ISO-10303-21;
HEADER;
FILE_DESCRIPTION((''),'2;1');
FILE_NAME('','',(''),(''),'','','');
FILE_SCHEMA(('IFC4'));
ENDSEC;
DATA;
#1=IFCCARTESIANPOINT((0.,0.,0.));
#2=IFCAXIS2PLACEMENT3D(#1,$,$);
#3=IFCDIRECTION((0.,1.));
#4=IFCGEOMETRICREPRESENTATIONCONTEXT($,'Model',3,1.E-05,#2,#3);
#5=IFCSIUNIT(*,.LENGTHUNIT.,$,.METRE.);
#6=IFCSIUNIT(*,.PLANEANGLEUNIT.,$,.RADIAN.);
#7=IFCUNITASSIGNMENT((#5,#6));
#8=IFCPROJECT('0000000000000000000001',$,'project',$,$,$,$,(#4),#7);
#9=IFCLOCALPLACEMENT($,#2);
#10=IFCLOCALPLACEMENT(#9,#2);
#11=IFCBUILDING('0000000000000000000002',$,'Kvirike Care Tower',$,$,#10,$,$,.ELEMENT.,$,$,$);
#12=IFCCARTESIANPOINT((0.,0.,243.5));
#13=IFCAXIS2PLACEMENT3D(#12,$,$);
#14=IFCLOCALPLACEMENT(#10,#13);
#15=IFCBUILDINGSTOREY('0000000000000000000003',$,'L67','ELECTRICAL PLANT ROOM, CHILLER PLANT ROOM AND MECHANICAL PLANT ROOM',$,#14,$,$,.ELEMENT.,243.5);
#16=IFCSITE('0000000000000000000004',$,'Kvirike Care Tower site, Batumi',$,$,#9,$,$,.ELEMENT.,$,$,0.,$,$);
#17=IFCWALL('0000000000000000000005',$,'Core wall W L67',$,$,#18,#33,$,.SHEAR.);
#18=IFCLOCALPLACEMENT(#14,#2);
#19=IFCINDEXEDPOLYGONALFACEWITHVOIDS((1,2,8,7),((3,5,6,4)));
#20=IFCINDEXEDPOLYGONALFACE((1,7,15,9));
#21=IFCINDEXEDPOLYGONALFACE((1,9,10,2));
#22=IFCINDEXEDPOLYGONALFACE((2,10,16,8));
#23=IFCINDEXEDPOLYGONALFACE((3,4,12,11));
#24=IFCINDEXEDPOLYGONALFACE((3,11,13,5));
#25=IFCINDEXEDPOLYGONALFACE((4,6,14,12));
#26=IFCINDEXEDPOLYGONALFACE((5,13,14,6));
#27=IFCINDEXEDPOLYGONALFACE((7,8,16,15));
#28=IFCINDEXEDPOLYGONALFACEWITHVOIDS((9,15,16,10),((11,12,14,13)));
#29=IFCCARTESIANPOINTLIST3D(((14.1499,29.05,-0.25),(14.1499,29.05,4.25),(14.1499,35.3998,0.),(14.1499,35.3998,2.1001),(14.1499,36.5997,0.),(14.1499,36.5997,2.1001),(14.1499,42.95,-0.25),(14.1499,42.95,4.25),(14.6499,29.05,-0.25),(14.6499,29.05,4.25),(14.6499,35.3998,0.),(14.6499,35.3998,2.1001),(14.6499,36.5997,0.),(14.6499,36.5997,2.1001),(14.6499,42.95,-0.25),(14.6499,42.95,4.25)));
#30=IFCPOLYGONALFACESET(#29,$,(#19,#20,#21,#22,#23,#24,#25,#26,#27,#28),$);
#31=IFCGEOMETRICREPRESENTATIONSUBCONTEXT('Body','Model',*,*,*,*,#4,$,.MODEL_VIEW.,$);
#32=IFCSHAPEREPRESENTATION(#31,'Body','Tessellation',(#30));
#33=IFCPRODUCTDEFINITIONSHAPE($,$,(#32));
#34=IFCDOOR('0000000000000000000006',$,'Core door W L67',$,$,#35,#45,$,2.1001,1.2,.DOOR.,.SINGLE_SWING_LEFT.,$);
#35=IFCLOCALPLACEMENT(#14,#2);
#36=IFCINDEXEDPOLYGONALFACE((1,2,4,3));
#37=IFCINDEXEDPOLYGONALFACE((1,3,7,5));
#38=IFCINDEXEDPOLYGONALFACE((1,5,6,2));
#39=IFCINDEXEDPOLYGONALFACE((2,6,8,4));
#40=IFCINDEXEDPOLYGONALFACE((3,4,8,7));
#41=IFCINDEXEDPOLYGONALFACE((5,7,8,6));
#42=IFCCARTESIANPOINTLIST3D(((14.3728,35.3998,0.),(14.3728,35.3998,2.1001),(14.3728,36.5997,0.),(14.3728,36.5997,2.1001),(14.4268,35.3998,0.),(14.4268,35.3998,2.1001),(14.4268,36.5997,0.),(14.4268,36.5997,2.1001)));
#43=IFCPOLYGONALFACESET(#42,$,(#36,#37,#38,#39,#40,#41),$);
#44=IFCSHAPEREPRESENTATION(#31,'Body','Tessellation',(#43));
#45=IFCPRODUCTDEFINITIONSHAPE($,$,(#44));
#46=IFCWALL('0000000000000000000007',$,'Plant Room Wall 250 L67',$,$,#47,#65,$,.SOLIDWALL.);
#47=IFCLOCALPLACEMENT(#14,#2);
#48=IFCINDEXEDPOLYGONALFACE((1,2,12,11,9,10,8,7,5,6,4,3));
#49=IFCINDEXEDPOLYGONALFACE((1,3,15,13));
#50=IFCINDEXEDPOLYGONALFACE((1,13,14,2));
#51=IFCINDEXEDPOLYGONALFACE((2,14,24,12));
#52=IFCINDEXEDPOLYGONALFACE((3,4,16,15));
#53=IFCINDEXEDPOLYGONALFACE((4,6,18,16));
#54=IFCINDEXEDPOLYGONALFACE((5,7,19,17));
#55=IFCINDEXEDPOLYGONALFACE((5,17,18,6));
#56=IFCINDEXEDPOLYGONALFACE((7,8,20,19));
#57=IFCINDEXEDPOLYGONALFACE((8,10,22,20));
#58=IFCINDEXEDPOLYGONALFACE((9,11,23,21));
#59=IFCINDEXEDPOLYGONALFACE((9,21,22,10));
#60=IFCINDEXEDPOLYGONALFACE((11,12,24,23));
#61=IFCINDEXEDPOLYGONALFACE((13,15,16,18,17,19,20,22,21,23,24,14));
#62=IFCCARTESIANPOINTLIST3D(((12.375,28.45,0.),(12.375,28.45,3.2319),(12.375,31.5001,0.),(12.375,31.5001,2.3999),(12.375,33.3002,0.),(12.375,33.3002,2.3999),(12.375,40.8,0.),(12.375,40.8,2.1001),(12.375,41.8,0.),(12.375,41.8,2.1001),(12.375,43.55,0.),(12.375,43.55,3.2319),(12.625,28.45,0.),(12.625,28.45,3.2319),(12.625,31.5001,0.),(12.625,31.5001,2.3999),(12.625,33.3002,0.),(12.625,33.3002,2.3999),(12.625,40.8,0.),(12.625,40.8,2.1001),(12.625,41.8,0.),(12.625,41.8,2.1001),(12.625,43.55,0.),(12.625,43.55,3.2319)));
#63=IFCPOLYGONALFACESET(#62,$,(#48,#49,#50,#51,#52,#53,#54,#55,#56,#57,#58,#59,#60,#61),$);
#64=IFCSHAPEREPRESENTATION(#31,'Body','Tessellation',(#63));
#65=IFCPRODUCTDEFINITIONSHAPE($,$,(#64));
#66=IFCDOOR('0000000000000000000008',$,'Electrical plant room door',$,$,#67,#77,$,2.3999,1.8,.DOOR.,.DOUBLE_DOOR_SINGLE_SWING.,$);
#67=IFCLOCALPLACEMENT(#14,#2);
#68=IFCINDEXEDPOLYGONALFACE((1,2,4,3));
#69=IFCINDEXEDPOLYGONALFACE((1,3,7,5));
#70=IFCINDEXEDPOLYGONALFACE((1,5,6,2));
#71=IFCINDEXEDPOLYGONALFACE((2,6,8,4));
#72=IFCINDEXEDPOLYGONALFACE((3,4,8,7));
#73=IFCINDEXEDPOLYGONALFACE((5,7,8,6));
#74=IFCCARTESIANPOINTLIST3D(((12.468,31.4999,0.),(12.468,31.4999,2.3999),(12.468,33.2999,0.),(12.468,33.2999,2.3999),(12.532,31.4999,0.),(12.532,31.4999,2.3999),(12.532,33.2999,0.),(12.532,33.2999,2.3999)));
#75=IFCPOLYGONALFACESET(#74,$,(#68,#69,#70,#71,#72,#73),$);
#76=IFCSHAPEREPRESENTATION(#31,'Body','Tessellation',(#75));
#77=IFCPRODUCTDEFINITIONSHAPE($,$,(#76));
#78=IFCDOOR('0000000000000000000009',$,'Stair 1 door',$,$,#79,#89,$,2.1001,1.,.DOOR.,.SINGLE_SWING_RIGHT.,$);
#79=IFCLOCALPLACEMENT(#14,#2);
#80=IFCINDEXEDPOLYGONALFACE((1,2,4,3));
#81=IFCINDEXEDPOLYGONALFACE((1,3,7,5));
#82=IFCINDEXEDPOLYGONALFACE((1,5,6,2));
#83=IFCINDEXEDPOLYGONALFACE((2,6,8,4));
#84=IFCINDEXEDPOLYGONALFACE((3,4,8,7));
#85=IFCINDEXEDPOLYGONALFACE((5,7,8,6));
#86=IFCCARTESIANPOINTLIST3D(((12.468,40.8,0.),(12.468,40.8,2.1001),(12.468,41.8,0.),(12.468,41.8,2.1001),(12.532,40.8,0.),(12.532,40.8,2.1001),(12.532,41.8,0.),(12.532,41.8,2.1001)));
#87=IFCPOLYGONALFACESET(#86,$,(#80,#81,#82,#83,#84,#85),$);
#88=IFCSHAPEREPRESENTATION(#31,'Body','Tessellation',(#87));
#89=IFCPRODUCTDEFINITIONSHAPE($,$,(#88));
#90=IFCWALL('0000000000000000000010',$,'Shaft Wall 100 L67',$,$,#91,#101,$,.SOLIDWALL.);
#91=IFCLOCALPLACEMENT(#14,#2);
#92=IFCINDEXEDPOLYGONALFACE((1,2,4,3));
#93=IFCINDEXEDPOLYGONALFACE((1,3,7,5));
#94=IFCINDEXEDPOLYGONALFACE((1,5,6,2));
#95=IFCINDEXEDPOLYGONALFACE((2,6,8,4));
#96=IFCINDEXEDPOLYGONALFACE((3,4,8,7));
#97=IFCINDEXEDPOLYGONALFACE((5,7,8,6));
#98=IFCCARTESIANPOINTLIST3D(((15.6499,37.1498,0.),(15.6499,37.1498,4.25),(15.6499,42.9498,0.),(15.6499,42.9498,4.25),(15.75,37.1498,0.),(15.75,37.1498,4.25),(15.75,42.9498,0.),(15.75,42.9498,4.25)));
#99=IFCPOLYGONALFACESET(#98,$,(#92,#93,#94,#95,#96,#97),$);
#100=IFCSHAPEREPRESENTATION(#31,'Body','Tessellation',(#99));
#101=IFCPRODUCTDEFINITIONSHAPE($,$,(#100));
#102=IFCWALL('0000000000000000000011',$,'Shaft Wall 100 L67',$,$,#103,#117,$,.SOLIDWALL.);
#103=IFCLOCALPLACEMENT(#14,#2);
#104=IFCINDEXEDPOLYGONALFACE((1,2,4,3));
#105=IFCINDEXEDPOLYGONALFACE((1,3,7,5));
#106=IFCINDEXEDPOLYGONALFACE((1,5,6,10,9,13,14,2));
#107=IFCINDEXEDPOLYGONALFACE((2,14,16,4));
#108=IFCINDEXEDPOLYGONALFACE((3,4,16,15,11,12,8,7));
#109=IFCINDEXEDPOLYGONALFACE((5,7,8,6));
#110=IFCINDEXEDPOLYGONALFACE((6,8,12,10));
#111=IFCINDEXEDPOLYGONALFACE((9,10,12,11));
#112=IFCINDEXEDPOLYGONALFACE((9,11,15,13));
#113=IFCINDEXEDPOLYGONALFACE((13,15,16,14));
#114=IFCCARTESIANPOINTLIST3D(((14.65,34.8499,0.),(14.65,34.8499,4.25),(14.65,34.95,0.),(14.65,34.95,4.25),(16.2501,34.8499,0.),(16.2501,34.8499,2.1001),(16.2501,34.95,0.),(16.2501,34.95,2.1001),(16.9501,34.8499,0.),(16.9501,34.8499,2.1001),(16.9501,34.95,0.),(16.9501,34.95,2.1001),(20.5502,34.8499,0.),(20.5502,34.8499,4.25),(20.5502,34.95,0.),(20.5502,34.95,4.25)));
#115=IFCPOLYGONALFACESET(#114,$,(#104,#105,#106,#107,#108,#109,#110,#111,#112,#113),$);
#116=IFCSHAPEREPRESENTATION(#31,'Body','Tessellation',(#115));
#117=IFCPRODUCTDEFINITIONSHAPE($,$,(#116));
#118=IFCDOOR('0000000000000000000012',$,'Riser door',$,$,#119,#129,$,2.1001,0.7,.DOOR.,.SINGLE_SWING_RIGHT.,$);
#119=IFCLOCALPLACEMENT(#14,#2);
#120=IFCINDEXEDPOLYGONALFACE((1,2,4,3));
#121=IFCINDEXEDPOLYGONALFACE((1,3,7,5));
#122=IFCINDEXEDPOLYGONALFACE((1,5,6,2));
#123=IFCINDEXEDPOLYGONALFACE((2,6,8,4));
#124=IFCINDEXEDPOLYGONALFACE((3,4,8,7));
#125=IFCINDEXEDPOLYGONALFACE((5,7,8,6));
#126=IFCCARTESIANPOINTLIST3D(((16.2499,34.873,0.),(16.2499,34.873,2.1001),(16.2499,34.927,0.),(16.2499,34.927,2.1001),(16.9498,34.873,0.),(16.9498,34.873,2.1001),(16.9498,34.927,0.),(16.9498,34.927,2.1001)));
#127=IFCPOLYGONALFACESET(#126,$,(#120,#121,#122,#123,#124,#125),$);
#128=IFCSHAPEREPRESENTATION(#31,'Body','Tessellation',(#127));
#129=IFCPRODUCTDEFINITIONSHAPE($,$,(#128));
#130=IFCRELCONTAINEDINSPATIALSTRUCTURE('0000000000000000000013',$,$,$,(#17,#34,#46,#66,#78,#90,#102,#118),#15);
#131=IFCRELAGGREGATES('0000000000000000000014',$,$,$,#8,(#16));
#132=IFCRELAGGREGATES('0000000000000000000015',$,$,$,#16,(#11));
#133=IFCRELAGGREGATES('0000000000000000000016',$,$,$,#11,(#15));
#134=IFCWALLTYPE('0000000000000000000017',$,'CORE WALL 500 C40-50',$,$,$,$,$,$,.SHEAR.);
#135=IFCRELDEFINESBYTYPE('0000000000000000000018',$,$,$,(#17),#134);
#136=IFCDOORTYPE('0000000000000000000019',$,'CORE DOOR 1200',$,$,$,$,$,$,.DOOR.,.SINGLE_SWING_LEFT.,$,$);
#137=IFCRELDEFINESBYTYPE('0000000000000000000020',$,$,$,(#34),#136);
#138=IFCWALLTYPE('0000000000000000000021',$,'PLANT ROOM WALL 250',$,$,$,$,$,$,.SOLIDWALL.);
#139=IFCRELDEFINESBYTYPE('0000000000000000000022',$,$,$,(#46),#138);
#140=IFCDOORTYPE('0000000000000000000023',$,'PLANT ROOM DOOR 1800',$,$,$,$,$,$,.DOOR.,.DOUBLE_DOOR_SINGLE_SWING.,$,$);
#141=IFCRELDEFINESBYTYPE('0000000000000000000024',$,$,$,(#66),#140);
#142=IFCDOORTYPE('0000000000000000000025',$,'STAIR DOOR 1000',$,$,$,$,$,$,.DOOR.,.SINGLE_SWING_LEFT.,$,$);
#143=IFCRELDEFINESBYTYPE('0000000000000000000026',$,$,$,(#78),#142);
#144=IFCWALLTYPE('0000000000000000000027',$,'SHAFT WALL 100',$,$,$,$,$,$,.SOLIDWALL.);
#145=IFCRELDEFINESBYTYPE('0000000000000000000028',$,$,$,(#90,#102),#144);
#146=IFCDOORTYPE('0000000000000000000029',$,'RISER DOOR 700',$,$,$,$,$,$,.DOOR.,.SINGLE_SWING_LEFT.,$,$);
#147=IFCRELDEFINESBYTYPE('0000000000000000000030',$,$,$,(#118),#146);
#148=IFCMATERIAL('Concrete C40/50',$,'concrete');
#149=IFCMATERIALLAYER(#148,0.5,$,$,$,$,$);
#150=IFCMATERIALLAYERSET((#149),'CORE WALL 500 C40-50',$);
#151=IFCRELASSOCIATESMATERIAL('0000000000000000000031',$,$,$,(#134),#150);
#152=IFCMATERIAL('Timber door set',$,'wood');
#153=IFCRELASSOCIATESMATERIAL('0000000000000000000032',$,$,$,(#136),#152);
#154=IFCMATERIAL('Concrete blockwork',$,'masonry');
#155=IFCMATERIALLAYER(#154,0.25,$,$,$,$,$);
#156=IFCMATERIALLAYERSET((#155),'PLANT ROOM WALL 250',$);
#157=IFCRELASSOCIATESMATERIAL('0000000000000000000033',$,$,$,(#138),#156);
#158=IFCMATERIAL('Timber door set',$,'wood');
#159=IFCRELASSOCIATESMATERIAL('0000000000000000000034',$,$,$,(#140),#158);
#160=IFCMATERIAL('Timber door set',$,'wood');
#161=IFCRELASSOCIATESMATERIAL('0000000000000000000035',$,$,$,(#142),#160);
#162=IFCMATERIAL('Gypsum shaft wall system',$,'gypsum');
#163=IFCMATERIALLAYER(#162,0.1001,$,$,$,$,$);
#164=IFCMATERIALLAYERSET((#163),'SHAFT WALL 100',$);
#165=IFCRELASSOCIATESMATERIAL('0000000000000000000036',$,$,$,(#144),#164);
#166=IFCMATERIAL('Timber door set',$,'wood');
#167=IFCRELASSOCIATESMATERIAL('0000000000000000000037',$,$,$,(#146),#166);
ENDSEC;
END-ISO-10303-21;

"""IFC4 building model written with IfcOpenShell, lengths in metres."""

from ifc_helpers import new_model, si_unit, direction, frame, frame_2d, origin, place, context, subcontext, project, spatial, rectangle, extrude, material, layer, layer_set, type_object, element, fill, save


model = new_model("IFC4")

# Units and contexts
model_context = context("Model", 3, precision=1e-05, world=origin(), true_north=direction((0.0, 1.0)))
body_context = subcontext(model_context, "Body", "Model", "MODEL_VIEW")
ifc_project = project(units=[si_unit("LENGTHUNIT", "METRE"), si_unit("PLANEANGLEUNIT", "RADIAN")], contexts=[model_context])

# Site, building, storey
site_placement = place(None, origin())
site = spatial("IfcSite", under=ifc_project, at=site_placement, Name="Kvirike Care Tower site, Batumi", CompositionType="ELEMENT", RefElevation=0.0)
building_placement = place(site_placement, origin())
building = spatial("IfcBuilding", under=site, at=building_placement, Name="Kvirike Care Tower", CompositionType="ELEMENT")
storey_placement = place(building_placement, frame((0.0, 0.0, 243.5)))
storey = spatial("IfcBuildingStorey", under=building, at=storey_placement, Name="L67", Description="ELECTRICAL PLANT ROOM, CHILLER PLANT ROOM AND MECHANICAL PLANT ROOM", CompositionType="ELEMENT", Elevation=243.5)

# Wall, opening, door
ifc_material_1 = material(Name="Concrete C40/50", Category="concrete")
ifc_layer_1 = layer(ifc_material_1, 0.5)
ifc_layer_set_1 = layer_set([ifc_layer_1], Name="CORE WALL 500 C40-50")
wall_type_1 = type_object("IfcWallType", Name="CORE WALL 500 C40-50", PredefinedType="SHEAR", material=ifc_layer_set_1)
wall_1_placement = place(storey_placement, frame((14.3999, 42.95, -0.25), z_axis=(0.0, 0.0, 1.0), x_axis=(0.0, -1.0, 0.0)))
wall_1 = element("IfcWall", 1, at=wall_1_placement, inside=storey, type_object=wall_type_1, Name="Core wall W L67", PredefinedType="SHEAR", context=body_context, shape_type="SweptSolid", body=[
    extrude(rectangle(XDim=13.8999, YDim=0.5, at=frame_2d((6.95, 0.0))), origin(), (0.0, 0.0, 1.0), 4.5),
])
opening_1_placement = place(wall_1_placement, frame((6.3501, 0.0, 0.25)))
opening_1 = element("IfcOpeningElement", 2, at=opening_1_placement, cuts=wall_1, PredefinedType="OPENING", context=body_context, shape_type="SweptSolid", body=[
    extrude(rectangle(XDim=1.2, YDim=2.1001, at=frame_2d((0.6001, 1.05))), frame((0.0, 0.2605, 0.0), z_axis=(0.0, -1.0, 0.0), x_axis=(1.0, 0.0, 0.0)), (0.0, 0.0, 1.0), 0.521),
])
ifc_material_2 = material(Name="Timber door set", Category="wood")
door_type_1 = type_object("IfcDoorType", Name="CORE DOOR 1200", OperationType="SINGLE_SWING_LEFT", PredefinedType="DOOR", material=ifc_material_2)
door_1_placement = place(opening_1_placement, origin())
door_1 = element("IfcDoor", 3, at=door_1_placement, inside=storey, type_object=door_type_1, Name="Core door W L67", OperationType="SINGLE_SWING_LEFT", OverallHeight=2.1001, OverallWidth=1.2, PredefinedType="DOOR", context=body_context, shape_type="SweptSolid", body=[
    extrude(rectangle(XDim=1.2, YDim=2.1001, at=frame_2d((0.6001, 1.05))), frame((0.0, 0.0269, 0.0), z_axis=(0.0, -1.0, 0.0), x_axis=(1.0, 0.0, 0.0)), (0.0, 0.0, 1.0), 0.054),
])
fill(opening_1, door_1)

# Wall, openings, doors
ifc_material_3 = material(Name="Concrete blockwork", Category="masonry")
ifc_layer_2 = layer(ifc_material_3, 0.25)
ifc_layer_set_2 = layer_set([ifc_layer_2], Name="PLANT ROOM WALL 250")
wall_type_2 = type_object("IfcWallType", Name="PLANT ROOM WALL 250", PredefinedType="SOLIDWALL", material=ifc_layer_set_2)
wall_2_placement = place(storey_placement, frame((12.5, 43.55, 0.0), z_axis=(0.0, 0.0, 1.0), x_axis=(0.0, -1.0, 0.0)))
wall_2 = element("IfcWall", 4, at=wall_2_placement, inside=storey, type_object=wall_type_2, Name="Plant Room Wall 250 L67", PredefinedType="SOLIDWALL", context=body_context, shape_type="SweptSolid", body=[
    extrude(rectangle(XDim=15.1001, YDim=0.25, at=frame_2d((7.55, 0.0))), origin(), (0.0, 0.0, 1.0), 3.2319),
])
opening_2_placement = place(wall_2_placement, frame((1.75, 0.0, 0.0)))
opening_2 = element("IfcOpeningElement", 5, at=opening_2_placement, cuts=wall_2, PredefinedType="OPENING", context=body_context, shape_type="SweptSolid", body=[
    extrude(rectangle(XDim=1.0, YDim=2.1001, at=frame_2d((0.5, 1.05))), frame((0.0, 0.1355, 0.0), z_axis=(0.0, -1.0, 0.0), x_axis=(1.0, 0.0, 0.0)), (0.0, 0.0, 1.0), 0.271),
])
opening_3_placement = place(wall_2_placement, frame((10.25, 0.0, 0.0)))
opening_3 = element("IfcOpeningElement", 6, at=opening_3_placement, cuts=wall_2, PredefinedType="OPENING", context=body_context, shape_type="SweptSolid", body=[
    extrude(rectangle(XDim=1.8, YDim=2.3999, at=frame_2d((0.8999, 1.2))), frame((0.0, 0.1355, 0.0), z_axis=(0.0, -1.0, 0.0), x_axis=(1.0, 0.0, 0.0)), (0.0, 0.0, 1.0), 0.271),
])
ifc_material_4 = material(Name="Timber door set", Category="wood")
door_type_2 = type_object("IfcDoorType", Name="PLANT ROOM DOOR 1800", OperationType="DOUBLE_DOOR_SINGLE_SWING", PredefinedType="DOOR", material=ifc_material_4)
door_2_placement = place(opening_3_placement, frame((1.8, 0.0, 0.0), z_axis=(0.0, 0.0, 1.0), x_axis=(-1.0, 0.0, 0.0)))
door_2 = element("IfcDoor", 7, at=door_2_placement, inside=storey, type_object=door_type_2, Name="Electrical plant room door", OperationType="DOUBLE_DOOR_SINGLE_SWING", OverallHeight=2.3999, OverallWidth=1.8, PredefinedType="DOOR", context=body_context, shape_type="SweptSolid", body=[
    extrude(rectangle(XDim=1.8, YDim=2.3999, at=frame_2d((0.8999, 1.2))), frame((0.0, 0.032, 0.0), z_axis=(0.0, -1.0, 0.0), x_axis=(1.0, 0.0, 0.0)), (0.0, 0.0, 1.0), 0.064),
])
fill(opening_3, door_2)
ifc_material_5 = material(Name="Timber door set", Category="wood")
door_type_3 = type_object("IfcDoorType", Name="STAIR DOOR 1000", OperationType="SINGLE_SWING_LEFT", PredefinedType="DOOR", material=ifc_material_5)
door_3_placement = place(opening_2_placement, frame((1.0, 0.0, 0.0), z_axis=(0.0, 0.0, 1.0), x_axis=(-1.0, 0.0, 0.0)))
door_3 = element("IfcDoor", 8, at=door_3_placement, inside=storey, type_object=door_type_3, Name="Stair 1 door", OperationType="SINGLE_SWING_RIGHT", OverallHeight=2.1001, OverallWidth=1.0, PredefinedType="DOOR", context=body_context, shape_type="SweptSolid", body=[
    extrude(rectangle(XDim=1.0, YDim=2.1001, at=frame_2d((0.5, 1.05))), frame((0.0, 0.032, 0.0), z_axis=(0.0, -1.0, 0.0), x_axis=(1.0, 0.0, 0.0)), (0.0, 0.0, 1.0), 0.064),
])
fill(opening_2, door_3)

# Wall
ifc_material_6 = material(Name="Gypsum shaft wall system", Category="gypsum")
ifc_layer_3 = layer(ifc_material_6, 0.1001)
ifc_layer_set_3 = layer_set([ifc_layer_3], Name="SHAFT WALL 100")
wall_type_3 = type_object("IfcWallType", Name="SHAFT WALL 100", PredefinedType="SOLIDWALL", material=ifc_layer_set_3)
wall_3_placement = place(storey_placement, frame((15.7, 37.1499, 0.0), z_axis=(0.0, 0.0, 1.0), x_axis=(0.0, 1.0, 0.0)))
element("IfcWall", 9, at=wall_3_placement, inside=storey, type_object=wall_type_3, Name="Shaft Wall 100 L67", PredefinedType="SOLIDWALL", context=body_context, shape_type="SweptSolid", body=[
    extrude(rectangle(XDim=5.8, YDim=0.1001, at=frame_2d((2.8999, 0.0))), origin(), (0.0, 0.0, 1.0), 4.25),
])

# Wall, opening, door
wall_4_placement = place(storey_placement, frame((14.6499, 34.8999, 0.0), z_axis=(0.0, 0.0, 1.0), x_axis=(1.0, 0.0, 0.0)))
wall_4 = element("IfcWall", 10, at=wall_4_placement, inside=storey, type_object=wall_type_3, Name="Shaft Wall 100 L67", PredefinedType="SOLIDWALL", context=body_context, shape_type="SweptSolid", body=[
    extrude(rectangle(XDim=5.9001, YDim=0.1001, at=frame_2d((2.9502, 0.0))), origin(), (0.0, 0.0, 1.0), 4.25),
])
opening_4_placement = place(wall_4_placement, frame((1.6001, 0.0, 0.0)))
opening_4 = element("IfcOpeningElement", 11, at=opening_4_placement, cuts=wall_4, PredefinedType="OPENING", context=body_context, shape_type="SweptSolid", body=[
    extrude(rectangle(XDim=0.7, YDim=2.1001, at=frame_2d((0.3501, 1.05))), frame((0.0, 0.0605, 0.0), z_axis=(0.0, -1.0, 0.0), x_axis=(1.0, 0.0, 0.0)), (0.0, 0.0, 1.0), 0.1211),
])
ifc_material_7 = material(Name="Timber door set", Category="wood")
door_type_4 = type_object("IfcDoorType", Name="RISER DOOR 700", OperationType="SINGLE_SWING_LEFT", PredefinedType="DOOR", material=ifc_material_7)
door_4_placement = place(opening_4_placement, frame((0.7, 0.0, 0.0), z_axis=(0.0, 0.0, 1.0), x_axis=(-1.0, 0.0, 0.0)))
door_4 = element("IfcDoor", 12, at=door_4_placement, inside=storey, type_object=door_type_4, Name="Riser door", OperationType="SINGLE_SWING_RIGHT", OverallHeight=2.1001, OverallWidth=0.7, PredefinedType="DOOR", context=body_context, shape_type="SweptSolid", body=[
    extrude(rectangle(XDim=0.7, YDim=2.1001, at=frame_2d((0.3501, 1.05))), frame((0.0, 0.0269, 0.0), z_axis=(0.0, -1.0, 0.0), x_axis=(1.0, 0.0, 0.0)), (0.0, 0.0, 1.0), 0.054),
])
fill(opening_4, door_4)

save(model, "model.ifc")
